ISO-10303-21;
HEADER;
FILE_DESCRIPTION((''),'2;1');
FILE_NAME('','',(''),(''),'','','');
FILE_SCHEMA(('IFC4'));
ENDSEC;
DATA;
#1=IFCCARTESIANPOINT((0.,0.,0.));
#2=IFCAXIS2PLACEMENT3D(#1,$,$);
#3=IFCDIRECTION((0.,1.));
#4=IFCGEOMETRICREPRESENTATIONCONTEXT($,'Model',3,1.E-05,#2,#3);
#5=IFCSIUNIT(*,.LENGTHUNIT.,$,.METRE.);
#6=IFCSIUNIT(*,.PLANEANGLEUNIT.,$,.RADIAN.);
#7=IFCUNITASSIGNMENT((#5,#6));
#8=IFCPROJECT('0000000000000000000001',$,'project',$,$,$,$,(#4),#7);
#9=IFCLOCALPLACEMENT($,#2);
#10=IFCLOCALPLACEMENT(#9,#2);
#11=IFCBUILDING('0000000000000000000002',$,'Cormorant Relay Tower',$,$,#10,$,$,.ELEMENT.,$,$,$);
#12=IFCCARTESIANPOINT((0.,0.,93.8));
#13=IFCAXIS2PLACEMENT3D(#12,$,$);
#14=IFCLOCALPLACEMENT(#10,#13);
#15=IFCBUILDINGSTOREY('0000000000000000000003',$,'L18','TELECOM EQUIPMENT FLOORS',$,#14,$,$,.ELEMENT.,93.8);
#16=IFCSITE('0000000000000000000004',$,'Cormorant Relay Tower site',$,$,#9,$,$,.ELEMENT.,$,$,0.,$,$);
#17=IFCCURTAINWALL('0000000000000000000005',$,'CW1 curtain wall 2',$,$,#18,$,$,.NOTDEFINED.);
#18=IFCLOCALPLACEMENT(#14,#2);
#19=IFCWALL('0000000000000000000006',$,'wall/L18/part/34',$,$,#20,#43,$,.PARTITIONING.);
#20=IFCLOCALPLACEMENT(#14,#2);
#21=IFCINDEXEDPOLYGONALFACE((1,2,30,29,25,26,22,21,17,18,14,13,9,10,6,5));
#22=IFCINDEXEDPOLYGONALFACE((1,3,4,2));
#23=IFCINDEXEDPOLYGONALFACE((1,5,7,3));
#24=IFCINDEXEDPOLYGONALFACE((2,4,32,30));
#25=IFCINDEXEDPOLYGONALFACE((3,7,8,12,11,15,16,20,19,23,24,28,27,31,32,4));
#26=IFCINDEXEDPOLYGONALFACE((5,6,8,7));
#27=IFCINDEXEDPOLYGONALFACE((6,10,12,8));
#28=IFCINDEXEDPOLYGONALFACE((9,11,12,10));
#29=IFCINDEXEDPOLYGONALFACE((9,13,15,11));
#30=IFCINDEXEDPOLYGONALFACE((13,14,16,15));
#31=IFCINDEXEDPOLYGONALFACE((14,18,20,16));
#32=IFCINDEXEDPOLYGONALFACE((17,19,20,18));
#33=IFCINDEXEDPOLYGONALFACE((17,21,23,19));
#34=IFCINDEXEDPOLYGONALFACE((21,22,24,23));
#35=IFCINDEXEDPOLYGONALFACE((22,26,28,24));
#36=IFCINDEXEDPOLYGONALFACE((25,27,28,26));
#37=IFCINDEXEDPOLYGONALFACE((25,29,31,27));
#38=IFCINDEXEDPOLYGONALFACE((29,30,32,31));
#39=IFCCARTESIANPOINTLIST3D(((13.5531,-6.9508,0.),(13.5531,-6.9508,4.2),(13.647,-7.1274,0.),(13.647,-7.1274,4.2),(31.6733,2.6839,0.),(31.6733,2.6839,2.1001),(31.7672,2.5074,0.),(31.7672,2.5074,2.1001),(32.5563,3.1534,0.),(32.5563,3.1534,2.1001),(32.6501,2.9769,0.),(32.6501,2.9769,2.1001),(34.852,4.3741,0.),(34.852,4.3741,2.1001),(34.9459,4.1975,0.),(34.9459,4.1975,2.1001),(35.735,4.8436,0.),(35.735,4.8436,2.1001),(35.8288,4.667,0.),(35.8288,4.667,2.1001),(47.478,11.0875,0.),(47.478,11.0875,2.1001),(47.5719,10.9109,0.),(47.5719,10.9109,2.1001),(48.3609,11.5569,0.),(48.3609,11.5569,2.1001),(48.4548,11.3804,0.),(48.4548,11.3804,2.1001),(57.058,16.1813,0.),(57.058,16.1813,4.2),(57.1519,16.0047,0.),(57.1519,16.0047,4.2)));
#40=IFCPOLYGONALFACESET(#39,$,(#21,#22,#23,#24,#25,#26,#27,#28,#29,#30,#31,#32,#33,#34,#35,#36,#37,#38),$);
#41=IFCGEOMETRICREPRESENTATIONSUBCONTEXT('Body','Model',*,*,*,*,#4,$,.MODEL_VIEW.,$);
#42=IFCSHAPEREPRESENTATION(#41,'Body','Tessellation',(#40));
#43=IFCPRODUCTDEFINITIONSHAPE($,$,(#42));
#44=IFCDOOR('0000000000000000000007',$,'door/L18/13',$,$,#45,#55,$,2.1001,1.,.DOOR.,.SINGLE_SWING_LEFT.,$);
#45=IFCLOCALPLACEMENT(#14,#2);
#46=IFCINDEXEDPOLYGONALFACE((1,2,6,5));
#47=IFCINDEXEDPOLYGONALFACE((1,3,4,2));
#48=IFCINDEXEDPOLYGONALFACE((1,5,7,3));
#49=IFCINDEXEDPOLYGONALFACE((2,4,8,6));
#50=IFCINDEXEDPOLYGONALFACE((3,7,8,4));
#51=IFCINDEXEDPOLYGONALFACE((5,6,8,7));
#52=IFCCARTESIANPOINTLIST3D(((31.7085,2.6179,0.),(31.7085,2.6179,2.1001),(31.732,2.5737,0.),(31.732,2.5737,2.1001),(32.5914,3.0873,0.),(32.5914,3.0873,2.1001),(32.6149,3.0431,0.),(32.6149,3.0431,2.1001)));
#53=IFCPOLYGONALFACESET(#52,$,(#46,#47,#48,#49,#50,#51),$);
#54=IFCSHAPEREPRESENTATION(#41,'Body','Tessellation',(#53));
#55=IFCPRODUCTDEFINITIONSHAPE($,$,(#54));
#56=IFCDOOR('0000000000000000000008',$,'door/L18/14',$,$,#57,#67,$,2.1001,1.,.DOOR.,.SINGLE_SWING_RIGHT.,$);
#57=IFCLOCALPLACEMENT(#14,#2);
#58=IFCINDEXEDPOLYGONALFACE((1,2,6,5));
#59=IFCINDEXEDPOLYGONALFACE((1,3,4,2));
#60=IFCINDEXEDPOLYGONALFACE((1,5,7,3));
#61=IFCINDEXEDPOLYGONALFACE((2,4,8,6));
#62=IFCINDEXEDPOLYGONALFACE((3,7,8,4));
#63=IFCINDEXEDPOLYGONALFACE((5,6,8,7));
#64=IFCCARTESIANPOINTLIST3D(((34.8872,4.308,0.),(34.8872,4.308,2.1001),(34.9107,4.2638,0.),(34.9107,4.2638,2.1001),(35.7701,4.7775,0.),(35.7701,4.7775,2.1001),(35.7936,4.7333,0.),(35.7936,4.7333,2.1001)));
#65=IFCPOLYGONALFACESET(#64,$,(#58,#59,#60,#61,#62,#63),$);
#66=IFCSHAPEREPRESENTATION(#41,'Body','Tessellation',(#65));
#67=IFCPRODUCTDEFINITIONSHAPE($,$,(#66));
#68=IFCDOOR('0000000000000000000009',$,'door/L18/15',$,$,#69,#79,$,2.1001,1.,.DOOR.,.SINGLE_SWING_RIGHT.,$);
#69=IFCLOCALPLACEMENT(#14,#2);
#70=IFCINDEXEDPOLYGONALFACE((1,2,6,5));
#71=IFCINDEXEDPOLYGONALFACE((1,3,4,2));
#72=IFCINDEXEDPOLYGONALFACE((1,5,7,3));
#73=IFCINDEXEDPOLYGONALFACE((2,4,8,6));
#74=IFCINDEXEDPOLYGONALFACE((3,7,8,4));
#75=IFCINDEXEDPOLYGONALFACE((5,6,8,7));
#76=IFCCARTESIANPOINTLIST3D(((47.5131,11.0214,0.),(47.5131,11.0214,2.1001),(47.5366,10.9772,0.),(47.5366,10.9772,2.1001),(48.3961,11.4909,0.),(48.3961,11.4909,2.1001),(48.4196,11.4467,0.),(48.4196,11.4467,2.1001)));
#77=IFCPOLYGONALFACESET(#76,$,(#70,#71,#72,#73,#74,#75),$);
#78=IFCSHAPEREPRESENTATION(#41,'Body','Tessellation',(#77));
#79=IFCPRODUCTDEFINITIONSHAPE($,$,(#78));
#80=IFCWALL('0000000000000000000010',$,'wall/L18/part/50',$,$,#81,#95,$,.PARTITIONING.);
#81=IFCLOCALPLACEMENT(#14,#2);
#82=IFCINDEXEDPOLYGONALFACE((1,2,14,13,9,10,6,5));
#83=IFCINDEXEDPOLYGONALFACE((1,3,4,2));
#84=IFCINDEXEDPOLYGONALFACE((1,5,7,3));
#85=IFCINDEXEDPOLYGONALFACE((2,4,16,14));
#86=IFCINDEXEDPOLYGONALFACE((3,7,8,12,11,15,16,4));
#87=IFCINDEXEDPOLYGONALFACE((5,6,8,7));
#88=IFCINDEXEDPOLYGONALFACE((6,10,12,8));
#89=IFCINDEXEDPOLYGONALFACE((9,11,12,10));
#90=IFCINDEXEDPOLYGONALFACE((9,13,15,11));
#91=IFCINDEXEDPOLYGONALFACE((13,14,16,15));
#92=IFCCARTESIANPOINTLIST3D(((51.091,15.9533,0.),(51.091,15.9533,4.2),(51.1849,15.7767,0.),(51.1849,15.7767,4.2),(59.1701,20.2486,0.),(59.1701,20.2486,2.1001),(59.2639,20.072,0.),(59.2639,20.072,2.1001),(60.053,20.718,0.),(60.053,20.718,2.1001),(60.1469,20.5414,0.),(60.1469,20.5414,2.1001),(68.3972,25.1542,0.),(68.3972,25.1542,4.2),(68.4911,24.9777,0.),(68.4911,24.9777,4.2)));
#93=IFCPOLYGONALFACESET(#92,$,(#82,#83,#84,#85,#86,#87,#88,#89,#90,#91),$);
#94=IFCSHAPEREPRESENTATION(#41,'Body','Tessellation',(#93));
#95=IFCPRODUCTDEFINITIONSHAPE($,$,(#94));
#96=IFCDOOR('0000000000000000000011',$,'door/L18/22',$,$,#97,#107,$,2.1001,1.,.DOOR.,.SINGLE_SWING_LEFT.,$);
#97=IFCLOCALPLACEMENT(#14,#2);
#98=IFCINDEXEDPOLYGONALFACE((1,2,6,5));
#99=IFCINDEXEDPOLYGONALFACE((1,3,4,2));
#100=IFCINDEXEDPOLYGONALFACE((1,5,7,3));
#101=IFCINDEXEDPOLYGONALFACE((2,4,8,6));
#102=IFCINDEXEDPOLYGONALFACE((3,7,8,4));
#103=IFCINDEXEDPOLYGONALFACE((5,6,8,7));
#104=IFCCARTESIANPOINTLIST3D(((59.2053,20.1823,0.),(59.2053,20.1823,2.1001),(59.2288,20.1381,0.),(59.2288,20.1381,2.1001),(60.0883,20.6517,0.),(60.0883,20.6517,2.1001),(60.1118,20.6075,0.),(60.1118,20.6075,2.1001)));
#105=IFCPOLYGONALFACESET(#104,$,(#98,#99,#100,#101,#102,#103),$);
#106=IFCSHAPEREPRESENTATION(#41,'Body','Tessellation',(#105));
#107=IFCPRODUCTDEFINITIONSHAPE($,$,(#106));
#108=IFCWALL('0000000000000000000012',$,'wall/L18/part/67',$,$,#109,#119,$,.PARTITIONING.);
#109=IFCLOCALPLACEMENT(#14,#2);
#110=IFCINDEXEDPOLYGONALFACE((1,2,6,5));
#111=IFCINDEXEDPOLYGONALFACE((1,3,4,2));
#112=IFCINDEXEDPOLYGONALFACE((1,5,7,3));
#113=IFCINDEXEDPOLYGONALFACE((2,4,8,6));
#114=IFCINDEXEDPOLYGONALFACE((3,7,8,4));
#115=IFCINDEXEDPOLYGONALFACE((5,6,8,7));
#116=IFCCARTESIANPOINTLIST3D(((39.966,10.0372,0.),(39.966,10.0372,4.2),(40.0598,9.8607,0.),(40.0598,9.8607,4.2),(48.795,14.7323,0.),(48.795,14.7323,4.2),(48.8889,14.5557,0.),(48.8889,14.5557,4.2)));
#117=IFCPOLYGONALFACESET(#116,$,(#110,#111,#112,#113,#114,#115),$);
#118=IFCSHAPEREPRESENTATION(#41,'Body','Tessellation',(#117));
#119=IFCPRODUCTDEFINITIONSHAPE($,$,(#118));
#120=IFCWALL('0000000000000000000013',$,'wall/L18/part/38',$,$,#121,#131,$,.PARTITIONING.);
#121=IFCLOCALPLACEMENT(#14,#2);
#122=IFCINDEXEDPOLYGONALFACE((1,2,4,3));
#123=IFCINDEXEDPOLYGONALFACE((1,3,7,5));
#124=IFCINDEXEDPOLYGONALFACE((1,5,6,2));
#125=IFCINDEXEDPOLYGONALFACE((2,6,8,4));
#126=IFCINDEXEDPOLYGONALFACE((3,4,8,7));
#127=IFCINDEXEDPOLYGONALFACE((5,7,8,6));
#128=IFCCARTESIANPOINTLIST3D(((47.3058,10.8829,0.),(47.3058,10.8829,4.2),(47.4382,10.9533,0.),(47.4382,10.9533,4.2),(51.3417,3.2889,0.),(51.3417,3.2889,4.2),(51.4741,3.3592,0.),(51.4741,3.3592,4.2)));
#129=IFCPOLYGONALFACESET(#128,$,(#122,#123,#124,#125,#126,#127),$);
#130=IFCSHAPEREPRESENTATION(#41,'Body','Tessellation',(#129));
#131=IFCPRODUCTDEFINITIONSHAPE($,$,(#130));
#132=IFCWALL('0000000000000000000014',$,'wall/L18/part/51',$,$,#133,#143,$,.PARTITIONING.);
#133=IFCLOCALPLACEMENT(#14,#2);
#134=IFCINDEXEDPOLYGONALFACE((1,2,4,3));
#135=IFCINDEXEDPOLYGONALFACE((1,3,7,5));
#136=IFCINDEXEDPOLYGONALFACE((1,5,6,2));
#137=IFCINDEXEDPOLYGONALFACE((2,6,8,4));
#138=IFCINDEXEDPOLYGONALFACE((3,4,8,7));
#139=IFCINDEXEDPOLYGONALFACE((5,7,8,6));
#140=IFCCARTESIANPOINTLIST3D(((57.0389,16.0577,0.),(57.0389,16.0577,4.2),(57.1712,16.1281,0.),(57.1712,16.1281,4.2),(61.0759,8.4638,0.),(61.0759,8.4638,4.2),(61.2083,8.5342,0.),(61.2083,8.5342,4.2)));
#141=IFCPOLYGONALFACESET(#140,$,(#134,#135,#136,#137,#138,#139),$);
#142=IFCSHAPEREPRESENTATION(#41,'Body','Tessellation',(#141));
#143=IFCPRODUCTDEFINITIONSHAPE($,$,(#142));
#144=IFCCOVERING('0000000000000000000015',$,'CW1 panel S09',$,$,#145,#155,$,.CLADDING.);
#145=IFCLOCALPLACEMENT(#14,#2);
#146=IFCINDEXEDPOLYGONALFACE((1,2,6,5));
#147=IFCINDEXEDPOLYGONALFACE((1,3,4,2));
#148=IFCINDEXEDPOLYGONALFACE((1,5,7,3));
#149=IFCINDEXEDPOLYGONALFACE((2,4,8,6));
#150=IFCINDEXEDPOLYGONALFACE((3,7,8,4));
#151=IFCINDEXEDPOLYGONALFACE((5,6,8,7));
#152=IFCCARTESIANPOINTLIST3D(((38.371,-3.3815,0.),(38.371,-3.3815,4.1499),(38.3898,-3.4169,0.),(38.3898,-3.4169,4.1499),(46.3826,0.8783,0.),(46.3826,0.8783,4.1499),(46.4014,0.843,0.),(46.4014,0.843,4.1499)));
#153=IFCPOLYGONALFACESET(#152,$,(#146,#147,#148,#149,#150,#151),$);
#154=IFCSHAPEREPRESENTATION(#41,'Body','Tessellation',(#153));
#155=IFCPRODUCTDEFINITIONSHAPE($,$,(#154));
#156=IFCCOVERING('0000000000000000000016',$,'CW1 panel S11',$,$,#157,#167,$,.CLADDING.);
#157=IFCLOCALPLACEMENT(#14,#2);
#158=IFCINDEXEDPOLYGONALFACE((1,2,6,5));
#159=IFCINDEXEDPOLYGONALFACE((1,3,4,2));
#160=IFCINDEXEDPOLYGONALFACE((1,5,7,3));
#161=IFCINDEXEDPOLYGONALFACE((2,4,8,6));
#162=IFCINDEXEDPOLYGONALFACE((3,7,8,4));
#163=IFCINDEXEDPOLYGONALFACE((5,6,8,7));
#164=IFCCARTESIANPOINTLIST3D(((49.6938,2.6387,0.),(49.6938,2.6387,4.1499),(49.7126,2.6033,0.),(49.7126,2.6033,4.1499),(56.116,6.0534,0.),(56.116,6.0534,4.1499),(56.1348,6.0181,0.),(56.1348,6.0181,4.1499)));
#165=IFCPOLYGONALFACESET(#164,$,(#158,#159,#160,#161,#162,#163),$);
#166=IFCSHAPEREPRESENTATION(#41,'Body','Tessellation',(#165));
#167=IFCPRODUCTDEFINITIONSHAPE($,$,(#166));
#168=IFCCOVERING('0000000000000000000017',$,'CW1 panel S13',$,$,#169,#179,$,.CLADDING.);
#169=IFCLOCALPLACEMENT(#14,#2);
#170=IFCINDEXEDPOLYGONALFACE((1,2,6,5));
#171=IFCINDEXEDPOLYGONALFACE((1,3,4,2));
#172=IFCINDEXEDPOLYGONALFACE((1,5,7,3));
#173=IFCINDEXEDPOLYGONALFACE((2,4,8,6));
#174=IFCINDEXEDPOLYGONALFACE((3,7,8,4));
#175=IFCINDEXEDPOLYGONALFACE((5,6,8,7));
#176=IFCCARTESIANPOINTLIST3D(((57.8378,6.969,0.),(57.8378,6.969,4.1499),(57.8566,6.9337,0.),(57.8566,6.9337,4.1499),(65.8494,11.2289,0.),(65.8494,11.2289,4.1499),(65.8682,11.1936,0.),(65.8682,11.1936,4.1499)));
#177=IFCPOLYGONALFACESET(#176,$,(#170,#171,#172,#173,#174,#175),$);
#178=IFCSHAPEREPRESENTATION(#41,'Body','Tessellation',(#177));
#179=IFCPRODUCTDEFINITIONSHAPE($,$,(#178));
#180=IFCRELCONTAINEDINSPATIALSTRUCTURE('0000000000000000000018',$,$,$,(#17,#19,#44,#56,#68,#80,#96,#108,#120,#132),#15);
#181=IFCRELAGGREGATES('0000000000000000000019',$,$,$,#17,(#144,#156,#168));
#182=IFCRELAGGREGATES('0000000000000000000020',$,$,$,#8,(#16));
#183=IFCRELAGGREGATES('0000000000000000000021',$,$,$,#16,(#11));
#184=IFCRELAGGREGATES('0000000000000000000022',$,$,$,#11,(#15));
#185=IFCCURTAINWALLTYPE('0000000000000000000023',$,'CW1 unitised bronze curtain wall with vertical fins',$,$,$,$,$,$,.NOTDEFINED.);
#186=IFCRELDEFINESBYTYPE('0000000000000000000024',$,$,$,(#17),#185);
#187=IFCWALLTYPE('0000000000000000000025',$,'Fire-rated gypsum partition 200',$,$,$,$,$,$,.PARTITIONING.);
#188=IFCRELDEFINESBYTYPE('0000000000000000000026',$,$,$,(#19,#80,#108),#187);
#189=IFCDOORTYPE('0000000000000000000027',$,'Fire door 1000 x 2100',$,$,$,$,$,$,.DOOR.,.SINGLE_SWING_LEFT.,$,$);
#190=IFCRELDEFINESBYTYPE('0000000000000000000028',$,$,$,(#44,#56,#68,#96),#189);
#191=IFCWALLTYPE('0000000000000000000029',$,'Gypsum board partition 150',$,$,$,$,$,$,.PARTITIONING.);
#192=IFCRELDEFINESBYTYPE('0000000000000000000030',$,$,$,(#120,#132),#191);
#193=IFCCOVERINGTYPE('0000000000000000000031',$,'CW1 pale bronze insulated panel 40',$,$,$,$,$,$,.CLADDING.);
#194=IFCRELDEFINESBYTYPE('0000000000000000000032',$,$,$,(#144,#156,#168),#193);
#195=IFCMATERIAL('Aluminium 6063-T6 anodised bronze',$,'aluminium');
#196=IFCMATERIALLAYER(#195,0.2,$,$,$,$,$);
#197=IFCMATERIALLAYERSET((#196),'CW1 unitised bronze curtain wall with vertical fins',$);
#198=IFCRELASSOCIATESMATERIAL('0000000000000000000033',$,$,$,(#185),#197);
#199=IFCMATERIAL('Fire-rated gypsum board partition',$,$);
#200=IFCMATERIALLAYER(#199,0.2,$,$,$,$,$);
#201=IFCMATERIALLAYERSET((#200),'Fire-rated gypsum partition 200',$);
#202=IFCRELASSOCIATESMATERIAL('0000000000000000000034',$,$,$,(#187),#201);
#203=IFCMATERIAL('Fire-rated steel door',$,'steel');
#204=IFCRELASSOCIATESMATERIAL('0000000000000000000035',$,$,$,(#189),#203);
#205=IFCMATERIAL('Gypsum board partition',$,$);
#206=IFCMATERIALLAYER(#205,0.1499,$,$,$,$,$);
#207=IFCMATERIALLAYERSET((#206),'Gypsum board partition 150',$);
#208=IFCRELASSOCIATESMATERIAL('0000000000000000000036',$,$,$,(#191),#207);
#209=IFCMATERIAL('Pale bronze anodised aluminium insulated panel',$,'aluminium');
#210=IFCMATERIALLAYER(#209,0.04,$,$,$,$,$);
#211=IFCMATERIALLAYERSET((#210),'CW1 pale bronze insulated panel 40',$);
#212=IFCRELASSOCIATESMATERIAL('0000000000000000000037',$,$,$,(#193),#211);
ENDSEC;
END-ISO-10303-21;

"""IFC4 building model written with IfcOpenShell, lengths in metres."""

from ifc_helpers import new_model, si_unit, direction, frame, frame_2d, origin, origin_2d, place, context, subcontext, project, spatial, rectangle, extrude, material, layer, layer_set, type_object, element, fill, aggregate, save


model = new_model("IFC4")

# Units and contexts
model_context = context("Model", 3, precision=1e-05, world=origin(), true_north=direction((0.0, 1.0)))
body_context = subcontext(model_context, "Body", "Model", "MODEL_VIEW")
ifc_project = project(units=[si_unit("LENGTHUNIT", "METRE"), si_unit("PLANEANGLEUNIT", "RADIAN")], contexts=[model_context])

# Site, building, storey
site_placement = place(None, origin())
site = spatial("IfcSite", under=ifc_project, at=site_placement, Name="Cormorant Relay Tower site", CompositionType="ELEMENT", RefElevation=0.0)
building_placement = place(site_placement, origin())
building = spatial("IfcBuilding", under=site, at=building_placement, Name="Cormorant Relay Tower", CompositionType="ELEMENT")
storey_placement = place(building_placement, frame((0.0, 0.0, 93.8)))
storey = spatial("IfcBuildingStorey", under=building, at=storey_placement, Name="L18", Description="TELECOM EQUIPMENT FLOORS", CompositionType="ELEMENT", Elevation=93.8)

# Curtain wall
ifc_material_1 = material(Name="Aluminium 6063-T6 anodised bronze", Category="aluminium")
ifc_layer_1 = layer(ifc_material_1, 0.2)
ifc_layer_set_1 = layer_set([ifc_layer_1], Name="CW1 unitised bronze curtain wall with vertical fins")
curtain_wall_type = type_object("IfcCurtainWallType", Name="CW1 unitised bronze curtain wall with vertical fins", PredefinedType="NOTDEFINED", material=ifc_layer_set_1)
curtain_wall_1_placement = place(storey_placement, origin())
curtain_wall_1 = element("IfcCurtainWall", 1, at=curtain_wall_1_placement, inside=storey, type_object=curtain_wall_type, Name="CW1 curtain wall 2", PredefinedType="NOTDEFINED")

# Wall, openings, doors
ifc_material_2 = material(Name="Fire-rated gypsum board partition")
ifc_layer_2 = layer(ifc_material_2, 0.2)
ifc_layer_set_2 = layer_set([ifc_layer_2], Name="Fire-rated gypsum partition 200")
wall_type_1 = type_object("IfcWallType", Name="Fire-rated gypsum partition 200", PredefinedType="PARTITIONING", material=ifc_layer_set_2)
wall_1_placement = place(storey_placement, frame((57.105, 16.093, 0.0), z_axis=(0.0, 0.0, 1.0), x_axis=(-0.882947, -0.469474, 0.0)))
wall_1 = element("IfcWall", 2, at=wall_1_placement, inside=storey, type_object=wall_type_1, Name="wall/L18/part/34", PredefinedType="PARTITIONING", context=body_context, shape_type="SweptSolid", body=[
    extrude(rectangle(XDim=49.2725, YDim=0.2, at=frame_2d((24.6362, 0.0))), origin(), (0.0, 0.0, 1.0), 4.2),
])
opening_1_placement = place(wall_1_placement, frame((27.75, 0.0, 0.0)))
opening_1 = element("IfcOpeningElement", 3, at=opening_1_placement, cuts=wall_1, PredefinedType="OPENING", context=body_context, shape_type="SweptSolid", body=[
    extrude(rectangle(XDim=1.0, YDim=2.1001, at=frame_2d((0.5, 1.05))), frame((0.0, 0.1099, 0.0), z_axis=(0.0, -1.0, 0.0), x_axis=(1.0, 0.0, 0.0)), (0.0, 0.0, 1.0), 0.22),
])
opening_2_placement = place(wall_1_placement, frame((24.1499, 0.0, 0.0)))
opening_2 = element("IfcOpeningElement", 4, at=opening_2_placement, cuts=wall_1, PredefinedType="OPENING", context=body_context, shape_type="SweptSolid", body=[
    extrude(rectangle(XDim=1.0, YDim=2.1001, at=frame_2d((0.5, 1.05))), frame((0.0, 0.1099, 0.0), z_axis=(0.0, -1.0, 0.0), x_axis=(1.0, 0.0, 0.0)), (0.0, 0.0, 1.0), 0.22),
])
opening_3_placement = place(wall_1_placement, frame((9.8501, 0.0, 0.0)))
opening_3 = element("IfcOpeningElement", 5, at=opening_3_placement, cuts=wall_1, PredefinedType="OPENING", context=body_context, shape_type="SweptSolid", body=[
    extrude(rectangle(XDim=1.0, YDim=2.1001, at=frame_2d((0.5, 1.05))), frame((0.0, 0.1099, 0.0), z_axis=(0.0, -1.0, 0.0), x_axis=(1.0, 0.0, 0.0)), (0.0, 0.0, 1.0), 0.22),
])
ifc_material_3 = material(Name="Fire-rated steel door", Category="steel")
door_type = type_object("IfcDoorType", Name="Fire door 1000 x 2100", OperationType="SINGLE_SWING_LEFT", PredefinedType="DOOR", material=ifc_material_3)
door_1_placement = place(opening_1_placement, origin())
door_1 = element("IfcDoor", 6, at=door_1_placement, inside=storey, type_object=door_type, Name="door/L18/13", OperationType="SINGLE_SWING_LEFT", OverallHeight=2.1001, OverallWidth=1.0, PredefinedType="DOOR", context=body_context, shape_type="SweptSolid", body=[
    extrude(rectangle(XDim=1.0, YDim=2.1001, at=frame_2d((0.5, 1.05))), frame((0.0, 0.0249, 0.0), z_axis=(0.0, -1.0, 0.0), x_axis=(1.0, 0.0, 0.0)), (0.0, 0.0, 1.0), 0.05),
])
fill(opening_1, door_1)
door_2_placement = place(opening_2_placement, origin())
door_2 = element("IfcDoor", 7, at=door_2_placement, inside=storey, type_object=door_type, Name="door/L18/14", OperationType="SINGLE_SWING_RIGHT", OverallHeight=2.1001, OverallWidth=1.0, PredefinedType="DOOR", context=body_context, shape_type="SweptSolid", body=[
    extrude(rectangle(XDim=1.0, YDim=2.1001, at=frame_2d((0.5, 1.05))), frame((0.0, 0.0249, 0.0), z_axis=(0.0, -1.0, 0.0), x_axis=(1.0, 0.0, 0.0)), (0.0, 0.0, 1.0), 0.05),
])
fill(opening_2, door_2)
door_3_placement = place(opening_3_placement, origin())
door_3 = element("IfcDoor", 8, at=door_3_placement, inside=storey, type_object=door_type, Name="door/L18/15", OperationType="SINGLE_SWING_RIGHT", OverallHeight=2.1001, OverallWidth=1.0, PredefinedType="DOOR", context=body_context, shape_type="SweptSolid", body=[
    extrude(rectangle(XDim=1.0, YDim=2.1001, at=frame_2d((0.5, 1.05))), frame((0.0, 0.0249, 0.0), z_axis=(0.0, -1.0, 0.0), x_axis=(1.0, 0.0, 0.0)), (0.0, 0.0, 1.0), 0.05),
])
fill(opening_3, door_3)

# Wall, opening, door
wall_2_placement = place(storey_placement, frame((51.1379, 15.865, 0.0), z_axis=(0.0, 0.0, 1.0), x_axis=(0.882967, 0.469435, 0.0)))
wall_2 = element("IfcWall", 9, at=wall_2_placement, inside=storey, type_object=wall_type_1, Name="wall/L18/part/50", PredefinedType="PARTITIONING", context=body_context, shape_type="SweptSolid", body=[
    extrude(rectangle(XDim=19.6001, YDim=0.2, at=frame_2d((9.8, 0.0))), origin(), (0.0, 0.0, 1.0), 4.2),
])
opening_4_placement = place(wall_2_placement, frame((9.1499, 0.0, 0.0)))
opening_4 = element("IfcOpeningElement", 10, at=opening_4_placement, cuts=wall_2, PredefinedType="OPENING", context=body_context, shape_type="SweptSolid", body=[
    extrude(rectangle(XDim=1.0, YDim=2.1001, at=frame_2d((0.5, 1.05))), frame((0.0, 0.1099, 0.0), z_axis=(0.0, -1.0, 0.0), x_axis=(1.0, 0.0, 0.0)), (0.0, 0.0, 1.0), 0.22),
])
door_4_placement = place(opening_4_placement, origin())
door_4 = element("IfcDoor", 11, at=door_4_placement, inside=storey, type_object=door_type, Name="door/L18/22", OperationType="SINGLE_SWING_LEFT", OverallHeight=2.1001, OverallWidth=1.0, PredefinedType="DOOR", context=body_context, shape_type="SweptSolid", body=[
    extrude(rectangle(XDim=1.0, YDim=2.1001, at=frame_2d((0.5, 1.05))), frame((0.0, 0.0249, 0.0), z_axis=(0.0, -1.0, 0.0), x_axis=(1.0, 0.0, 0.0)), (0.0, 0.0, 1.0), 0.05),
])
fill(opening_4, door_4)

# Walls
wall_3_placement = place(storey_placement, frame((48.842, 14.644, 0.0), z_axis=(0.0, 0.0, 1.0), x_axis=(-0.882925, -0.469515, 0.0)))
element("IfcWall", 12, at=wall_3_placement, inside=storey, type_object=wall_type_1, Name="wall/L18/part/67", PredefinedType="PARTITIONING", context=body_context, shape_type="SweptSolid", body=[
    extrude(rectangle(XDim=9.9998, YDim=0.2, at=frame_2d((5.0, 0.0))), origin(), (0.0, 0.0, 1.0), 4.2),
])
ifc_material_4 = material(Name="Gypsum board partition")
ifc_layer_3 = layer(ifc_material_4, 0.1499)
ifc_layer_set_3 = layer_set([ifc_layer_3], Name="Gypsum board partition 150")
wall_type_2 = type_object("IfcWallType", Name="Gypsum board partition 150", PredefinedType="PARTITIONING", material=ifc_layer_set_3)
wall_4_placement = place(storey_placement, frame((47.3721, 10.918, 0.0), z_axis=(0.0, 0.0, 1.0), x_axis=(0.469298, -0.88304, 0.0)))
element("IfcWall", 13, at=wall_4_placement, inside=storey, type_object=wall_type_2, Name="wall/L18/part/38", PredefinedType="PARTITIONING", context=body_context, shape_type="SweptSolid", body=[
    extrude(rectangle(XDim=8.5999, YDim=0.1499, at=frame_2d((4.2998, 0.0))), origin(), (0.0, 0.0, 1.0), 4.2),
])
wall_5_placement = place(storey_placement, frame((57.105, 16.093, 0.0), z_axis=(0.0, 0.0, 1.0), x_axis=(0.469409, -0.882981, 0.0)))
element("IfcWall", 14, at=wall_5_placement, inside=storey, type_object=wall_type_2, Name="wall/L18/part/51", PredefinedType="PARTITIONING", context=body_context, shape_type="SweptSolid", body=[
    extrude(rectangle(XDim=8.6003, YDim=0.1499, at=frame_2d((4.3003, 0.0))), origin(), (0.0, 0.0, 1.0), 4.2),
])

# Coverings
ifc_material_5 = material(Name="Pale bronze anodised aluminium insulated panel", Category="aluminium")
ifc_layer_4 = layer(ifc_material_5, 0.04)
ifc_layer_set_4 = layer_set([ifc_layer_4], Name="CW1 pale bronze insulated panel 40")
covering_type = type_object("IfcCoveringType", Name="CW1 pale bronze insulated panel 40", PredefinedType="CLADDING", material=ifc_layer_set_4)
covering_1_placement = place(storey_placement, frame((42.3862, -1.2693, 0.0), z_axis=(0.0, 0.0, 1.0), x_axis=(0.882948, 0.469472, 0.0)))
covering_1 = element("IfcCovering", 15, at=covering_1_placement, type_object=covering_type, Name="CW1 panel S09", PredefinedType="CLADDING", context=body_context, shape_type="SweptSolid", body=[
    extrude(rectangle(XDim=9.0737, YDim=0.04, at=origin_2d()), origin(), (0.0, 0.0, 1.0), 4.1499),
])
covering_2_placement = place(storey_placement, frame((52.9143, 4.3284, 0.0), z_axis=(0.0, 0.0, 1.0), x_axis=(0.882948, 0.469472, 0.0)))
covering_2 = element("IfcCovering", 16, at=covering_2_placement, type_object=covering_type, Name="CW1 panel S11", PredefinedType="CLADDING", context=body_context, shape_type="SweptSolid", body=[
    extrude(rectangle(XDim=7.2737, YDim=0.04, at=origin_2d()), origin(), (0.0, 0.0, 1.0), 4.1499),
])
covering_3_placement = place(storey_placement, frame((61.853, 9.0813, 0.0), z_axis=(0.0, 0.0, 1.0), x_axis=(0.882948, 0.469472, 0.0)))
covering_3 = element("IfcCovering", 17, at=covering_3_placement, type_object=covering_type, Name="CW1 panel S13", PredefinedType="CLADDING", context=body_context, shape_type="SweptSolid", body=[
    extrude(rectangle(XDim=9.0737, YDim=0.04, at=origin_2d()), origin(), (0.0, 0.0, 1.0), 4.1499),
])
aggregate(curtain_wall_1, [covering_1, covering_2, covering_3])

save(model, "model.ifc")
